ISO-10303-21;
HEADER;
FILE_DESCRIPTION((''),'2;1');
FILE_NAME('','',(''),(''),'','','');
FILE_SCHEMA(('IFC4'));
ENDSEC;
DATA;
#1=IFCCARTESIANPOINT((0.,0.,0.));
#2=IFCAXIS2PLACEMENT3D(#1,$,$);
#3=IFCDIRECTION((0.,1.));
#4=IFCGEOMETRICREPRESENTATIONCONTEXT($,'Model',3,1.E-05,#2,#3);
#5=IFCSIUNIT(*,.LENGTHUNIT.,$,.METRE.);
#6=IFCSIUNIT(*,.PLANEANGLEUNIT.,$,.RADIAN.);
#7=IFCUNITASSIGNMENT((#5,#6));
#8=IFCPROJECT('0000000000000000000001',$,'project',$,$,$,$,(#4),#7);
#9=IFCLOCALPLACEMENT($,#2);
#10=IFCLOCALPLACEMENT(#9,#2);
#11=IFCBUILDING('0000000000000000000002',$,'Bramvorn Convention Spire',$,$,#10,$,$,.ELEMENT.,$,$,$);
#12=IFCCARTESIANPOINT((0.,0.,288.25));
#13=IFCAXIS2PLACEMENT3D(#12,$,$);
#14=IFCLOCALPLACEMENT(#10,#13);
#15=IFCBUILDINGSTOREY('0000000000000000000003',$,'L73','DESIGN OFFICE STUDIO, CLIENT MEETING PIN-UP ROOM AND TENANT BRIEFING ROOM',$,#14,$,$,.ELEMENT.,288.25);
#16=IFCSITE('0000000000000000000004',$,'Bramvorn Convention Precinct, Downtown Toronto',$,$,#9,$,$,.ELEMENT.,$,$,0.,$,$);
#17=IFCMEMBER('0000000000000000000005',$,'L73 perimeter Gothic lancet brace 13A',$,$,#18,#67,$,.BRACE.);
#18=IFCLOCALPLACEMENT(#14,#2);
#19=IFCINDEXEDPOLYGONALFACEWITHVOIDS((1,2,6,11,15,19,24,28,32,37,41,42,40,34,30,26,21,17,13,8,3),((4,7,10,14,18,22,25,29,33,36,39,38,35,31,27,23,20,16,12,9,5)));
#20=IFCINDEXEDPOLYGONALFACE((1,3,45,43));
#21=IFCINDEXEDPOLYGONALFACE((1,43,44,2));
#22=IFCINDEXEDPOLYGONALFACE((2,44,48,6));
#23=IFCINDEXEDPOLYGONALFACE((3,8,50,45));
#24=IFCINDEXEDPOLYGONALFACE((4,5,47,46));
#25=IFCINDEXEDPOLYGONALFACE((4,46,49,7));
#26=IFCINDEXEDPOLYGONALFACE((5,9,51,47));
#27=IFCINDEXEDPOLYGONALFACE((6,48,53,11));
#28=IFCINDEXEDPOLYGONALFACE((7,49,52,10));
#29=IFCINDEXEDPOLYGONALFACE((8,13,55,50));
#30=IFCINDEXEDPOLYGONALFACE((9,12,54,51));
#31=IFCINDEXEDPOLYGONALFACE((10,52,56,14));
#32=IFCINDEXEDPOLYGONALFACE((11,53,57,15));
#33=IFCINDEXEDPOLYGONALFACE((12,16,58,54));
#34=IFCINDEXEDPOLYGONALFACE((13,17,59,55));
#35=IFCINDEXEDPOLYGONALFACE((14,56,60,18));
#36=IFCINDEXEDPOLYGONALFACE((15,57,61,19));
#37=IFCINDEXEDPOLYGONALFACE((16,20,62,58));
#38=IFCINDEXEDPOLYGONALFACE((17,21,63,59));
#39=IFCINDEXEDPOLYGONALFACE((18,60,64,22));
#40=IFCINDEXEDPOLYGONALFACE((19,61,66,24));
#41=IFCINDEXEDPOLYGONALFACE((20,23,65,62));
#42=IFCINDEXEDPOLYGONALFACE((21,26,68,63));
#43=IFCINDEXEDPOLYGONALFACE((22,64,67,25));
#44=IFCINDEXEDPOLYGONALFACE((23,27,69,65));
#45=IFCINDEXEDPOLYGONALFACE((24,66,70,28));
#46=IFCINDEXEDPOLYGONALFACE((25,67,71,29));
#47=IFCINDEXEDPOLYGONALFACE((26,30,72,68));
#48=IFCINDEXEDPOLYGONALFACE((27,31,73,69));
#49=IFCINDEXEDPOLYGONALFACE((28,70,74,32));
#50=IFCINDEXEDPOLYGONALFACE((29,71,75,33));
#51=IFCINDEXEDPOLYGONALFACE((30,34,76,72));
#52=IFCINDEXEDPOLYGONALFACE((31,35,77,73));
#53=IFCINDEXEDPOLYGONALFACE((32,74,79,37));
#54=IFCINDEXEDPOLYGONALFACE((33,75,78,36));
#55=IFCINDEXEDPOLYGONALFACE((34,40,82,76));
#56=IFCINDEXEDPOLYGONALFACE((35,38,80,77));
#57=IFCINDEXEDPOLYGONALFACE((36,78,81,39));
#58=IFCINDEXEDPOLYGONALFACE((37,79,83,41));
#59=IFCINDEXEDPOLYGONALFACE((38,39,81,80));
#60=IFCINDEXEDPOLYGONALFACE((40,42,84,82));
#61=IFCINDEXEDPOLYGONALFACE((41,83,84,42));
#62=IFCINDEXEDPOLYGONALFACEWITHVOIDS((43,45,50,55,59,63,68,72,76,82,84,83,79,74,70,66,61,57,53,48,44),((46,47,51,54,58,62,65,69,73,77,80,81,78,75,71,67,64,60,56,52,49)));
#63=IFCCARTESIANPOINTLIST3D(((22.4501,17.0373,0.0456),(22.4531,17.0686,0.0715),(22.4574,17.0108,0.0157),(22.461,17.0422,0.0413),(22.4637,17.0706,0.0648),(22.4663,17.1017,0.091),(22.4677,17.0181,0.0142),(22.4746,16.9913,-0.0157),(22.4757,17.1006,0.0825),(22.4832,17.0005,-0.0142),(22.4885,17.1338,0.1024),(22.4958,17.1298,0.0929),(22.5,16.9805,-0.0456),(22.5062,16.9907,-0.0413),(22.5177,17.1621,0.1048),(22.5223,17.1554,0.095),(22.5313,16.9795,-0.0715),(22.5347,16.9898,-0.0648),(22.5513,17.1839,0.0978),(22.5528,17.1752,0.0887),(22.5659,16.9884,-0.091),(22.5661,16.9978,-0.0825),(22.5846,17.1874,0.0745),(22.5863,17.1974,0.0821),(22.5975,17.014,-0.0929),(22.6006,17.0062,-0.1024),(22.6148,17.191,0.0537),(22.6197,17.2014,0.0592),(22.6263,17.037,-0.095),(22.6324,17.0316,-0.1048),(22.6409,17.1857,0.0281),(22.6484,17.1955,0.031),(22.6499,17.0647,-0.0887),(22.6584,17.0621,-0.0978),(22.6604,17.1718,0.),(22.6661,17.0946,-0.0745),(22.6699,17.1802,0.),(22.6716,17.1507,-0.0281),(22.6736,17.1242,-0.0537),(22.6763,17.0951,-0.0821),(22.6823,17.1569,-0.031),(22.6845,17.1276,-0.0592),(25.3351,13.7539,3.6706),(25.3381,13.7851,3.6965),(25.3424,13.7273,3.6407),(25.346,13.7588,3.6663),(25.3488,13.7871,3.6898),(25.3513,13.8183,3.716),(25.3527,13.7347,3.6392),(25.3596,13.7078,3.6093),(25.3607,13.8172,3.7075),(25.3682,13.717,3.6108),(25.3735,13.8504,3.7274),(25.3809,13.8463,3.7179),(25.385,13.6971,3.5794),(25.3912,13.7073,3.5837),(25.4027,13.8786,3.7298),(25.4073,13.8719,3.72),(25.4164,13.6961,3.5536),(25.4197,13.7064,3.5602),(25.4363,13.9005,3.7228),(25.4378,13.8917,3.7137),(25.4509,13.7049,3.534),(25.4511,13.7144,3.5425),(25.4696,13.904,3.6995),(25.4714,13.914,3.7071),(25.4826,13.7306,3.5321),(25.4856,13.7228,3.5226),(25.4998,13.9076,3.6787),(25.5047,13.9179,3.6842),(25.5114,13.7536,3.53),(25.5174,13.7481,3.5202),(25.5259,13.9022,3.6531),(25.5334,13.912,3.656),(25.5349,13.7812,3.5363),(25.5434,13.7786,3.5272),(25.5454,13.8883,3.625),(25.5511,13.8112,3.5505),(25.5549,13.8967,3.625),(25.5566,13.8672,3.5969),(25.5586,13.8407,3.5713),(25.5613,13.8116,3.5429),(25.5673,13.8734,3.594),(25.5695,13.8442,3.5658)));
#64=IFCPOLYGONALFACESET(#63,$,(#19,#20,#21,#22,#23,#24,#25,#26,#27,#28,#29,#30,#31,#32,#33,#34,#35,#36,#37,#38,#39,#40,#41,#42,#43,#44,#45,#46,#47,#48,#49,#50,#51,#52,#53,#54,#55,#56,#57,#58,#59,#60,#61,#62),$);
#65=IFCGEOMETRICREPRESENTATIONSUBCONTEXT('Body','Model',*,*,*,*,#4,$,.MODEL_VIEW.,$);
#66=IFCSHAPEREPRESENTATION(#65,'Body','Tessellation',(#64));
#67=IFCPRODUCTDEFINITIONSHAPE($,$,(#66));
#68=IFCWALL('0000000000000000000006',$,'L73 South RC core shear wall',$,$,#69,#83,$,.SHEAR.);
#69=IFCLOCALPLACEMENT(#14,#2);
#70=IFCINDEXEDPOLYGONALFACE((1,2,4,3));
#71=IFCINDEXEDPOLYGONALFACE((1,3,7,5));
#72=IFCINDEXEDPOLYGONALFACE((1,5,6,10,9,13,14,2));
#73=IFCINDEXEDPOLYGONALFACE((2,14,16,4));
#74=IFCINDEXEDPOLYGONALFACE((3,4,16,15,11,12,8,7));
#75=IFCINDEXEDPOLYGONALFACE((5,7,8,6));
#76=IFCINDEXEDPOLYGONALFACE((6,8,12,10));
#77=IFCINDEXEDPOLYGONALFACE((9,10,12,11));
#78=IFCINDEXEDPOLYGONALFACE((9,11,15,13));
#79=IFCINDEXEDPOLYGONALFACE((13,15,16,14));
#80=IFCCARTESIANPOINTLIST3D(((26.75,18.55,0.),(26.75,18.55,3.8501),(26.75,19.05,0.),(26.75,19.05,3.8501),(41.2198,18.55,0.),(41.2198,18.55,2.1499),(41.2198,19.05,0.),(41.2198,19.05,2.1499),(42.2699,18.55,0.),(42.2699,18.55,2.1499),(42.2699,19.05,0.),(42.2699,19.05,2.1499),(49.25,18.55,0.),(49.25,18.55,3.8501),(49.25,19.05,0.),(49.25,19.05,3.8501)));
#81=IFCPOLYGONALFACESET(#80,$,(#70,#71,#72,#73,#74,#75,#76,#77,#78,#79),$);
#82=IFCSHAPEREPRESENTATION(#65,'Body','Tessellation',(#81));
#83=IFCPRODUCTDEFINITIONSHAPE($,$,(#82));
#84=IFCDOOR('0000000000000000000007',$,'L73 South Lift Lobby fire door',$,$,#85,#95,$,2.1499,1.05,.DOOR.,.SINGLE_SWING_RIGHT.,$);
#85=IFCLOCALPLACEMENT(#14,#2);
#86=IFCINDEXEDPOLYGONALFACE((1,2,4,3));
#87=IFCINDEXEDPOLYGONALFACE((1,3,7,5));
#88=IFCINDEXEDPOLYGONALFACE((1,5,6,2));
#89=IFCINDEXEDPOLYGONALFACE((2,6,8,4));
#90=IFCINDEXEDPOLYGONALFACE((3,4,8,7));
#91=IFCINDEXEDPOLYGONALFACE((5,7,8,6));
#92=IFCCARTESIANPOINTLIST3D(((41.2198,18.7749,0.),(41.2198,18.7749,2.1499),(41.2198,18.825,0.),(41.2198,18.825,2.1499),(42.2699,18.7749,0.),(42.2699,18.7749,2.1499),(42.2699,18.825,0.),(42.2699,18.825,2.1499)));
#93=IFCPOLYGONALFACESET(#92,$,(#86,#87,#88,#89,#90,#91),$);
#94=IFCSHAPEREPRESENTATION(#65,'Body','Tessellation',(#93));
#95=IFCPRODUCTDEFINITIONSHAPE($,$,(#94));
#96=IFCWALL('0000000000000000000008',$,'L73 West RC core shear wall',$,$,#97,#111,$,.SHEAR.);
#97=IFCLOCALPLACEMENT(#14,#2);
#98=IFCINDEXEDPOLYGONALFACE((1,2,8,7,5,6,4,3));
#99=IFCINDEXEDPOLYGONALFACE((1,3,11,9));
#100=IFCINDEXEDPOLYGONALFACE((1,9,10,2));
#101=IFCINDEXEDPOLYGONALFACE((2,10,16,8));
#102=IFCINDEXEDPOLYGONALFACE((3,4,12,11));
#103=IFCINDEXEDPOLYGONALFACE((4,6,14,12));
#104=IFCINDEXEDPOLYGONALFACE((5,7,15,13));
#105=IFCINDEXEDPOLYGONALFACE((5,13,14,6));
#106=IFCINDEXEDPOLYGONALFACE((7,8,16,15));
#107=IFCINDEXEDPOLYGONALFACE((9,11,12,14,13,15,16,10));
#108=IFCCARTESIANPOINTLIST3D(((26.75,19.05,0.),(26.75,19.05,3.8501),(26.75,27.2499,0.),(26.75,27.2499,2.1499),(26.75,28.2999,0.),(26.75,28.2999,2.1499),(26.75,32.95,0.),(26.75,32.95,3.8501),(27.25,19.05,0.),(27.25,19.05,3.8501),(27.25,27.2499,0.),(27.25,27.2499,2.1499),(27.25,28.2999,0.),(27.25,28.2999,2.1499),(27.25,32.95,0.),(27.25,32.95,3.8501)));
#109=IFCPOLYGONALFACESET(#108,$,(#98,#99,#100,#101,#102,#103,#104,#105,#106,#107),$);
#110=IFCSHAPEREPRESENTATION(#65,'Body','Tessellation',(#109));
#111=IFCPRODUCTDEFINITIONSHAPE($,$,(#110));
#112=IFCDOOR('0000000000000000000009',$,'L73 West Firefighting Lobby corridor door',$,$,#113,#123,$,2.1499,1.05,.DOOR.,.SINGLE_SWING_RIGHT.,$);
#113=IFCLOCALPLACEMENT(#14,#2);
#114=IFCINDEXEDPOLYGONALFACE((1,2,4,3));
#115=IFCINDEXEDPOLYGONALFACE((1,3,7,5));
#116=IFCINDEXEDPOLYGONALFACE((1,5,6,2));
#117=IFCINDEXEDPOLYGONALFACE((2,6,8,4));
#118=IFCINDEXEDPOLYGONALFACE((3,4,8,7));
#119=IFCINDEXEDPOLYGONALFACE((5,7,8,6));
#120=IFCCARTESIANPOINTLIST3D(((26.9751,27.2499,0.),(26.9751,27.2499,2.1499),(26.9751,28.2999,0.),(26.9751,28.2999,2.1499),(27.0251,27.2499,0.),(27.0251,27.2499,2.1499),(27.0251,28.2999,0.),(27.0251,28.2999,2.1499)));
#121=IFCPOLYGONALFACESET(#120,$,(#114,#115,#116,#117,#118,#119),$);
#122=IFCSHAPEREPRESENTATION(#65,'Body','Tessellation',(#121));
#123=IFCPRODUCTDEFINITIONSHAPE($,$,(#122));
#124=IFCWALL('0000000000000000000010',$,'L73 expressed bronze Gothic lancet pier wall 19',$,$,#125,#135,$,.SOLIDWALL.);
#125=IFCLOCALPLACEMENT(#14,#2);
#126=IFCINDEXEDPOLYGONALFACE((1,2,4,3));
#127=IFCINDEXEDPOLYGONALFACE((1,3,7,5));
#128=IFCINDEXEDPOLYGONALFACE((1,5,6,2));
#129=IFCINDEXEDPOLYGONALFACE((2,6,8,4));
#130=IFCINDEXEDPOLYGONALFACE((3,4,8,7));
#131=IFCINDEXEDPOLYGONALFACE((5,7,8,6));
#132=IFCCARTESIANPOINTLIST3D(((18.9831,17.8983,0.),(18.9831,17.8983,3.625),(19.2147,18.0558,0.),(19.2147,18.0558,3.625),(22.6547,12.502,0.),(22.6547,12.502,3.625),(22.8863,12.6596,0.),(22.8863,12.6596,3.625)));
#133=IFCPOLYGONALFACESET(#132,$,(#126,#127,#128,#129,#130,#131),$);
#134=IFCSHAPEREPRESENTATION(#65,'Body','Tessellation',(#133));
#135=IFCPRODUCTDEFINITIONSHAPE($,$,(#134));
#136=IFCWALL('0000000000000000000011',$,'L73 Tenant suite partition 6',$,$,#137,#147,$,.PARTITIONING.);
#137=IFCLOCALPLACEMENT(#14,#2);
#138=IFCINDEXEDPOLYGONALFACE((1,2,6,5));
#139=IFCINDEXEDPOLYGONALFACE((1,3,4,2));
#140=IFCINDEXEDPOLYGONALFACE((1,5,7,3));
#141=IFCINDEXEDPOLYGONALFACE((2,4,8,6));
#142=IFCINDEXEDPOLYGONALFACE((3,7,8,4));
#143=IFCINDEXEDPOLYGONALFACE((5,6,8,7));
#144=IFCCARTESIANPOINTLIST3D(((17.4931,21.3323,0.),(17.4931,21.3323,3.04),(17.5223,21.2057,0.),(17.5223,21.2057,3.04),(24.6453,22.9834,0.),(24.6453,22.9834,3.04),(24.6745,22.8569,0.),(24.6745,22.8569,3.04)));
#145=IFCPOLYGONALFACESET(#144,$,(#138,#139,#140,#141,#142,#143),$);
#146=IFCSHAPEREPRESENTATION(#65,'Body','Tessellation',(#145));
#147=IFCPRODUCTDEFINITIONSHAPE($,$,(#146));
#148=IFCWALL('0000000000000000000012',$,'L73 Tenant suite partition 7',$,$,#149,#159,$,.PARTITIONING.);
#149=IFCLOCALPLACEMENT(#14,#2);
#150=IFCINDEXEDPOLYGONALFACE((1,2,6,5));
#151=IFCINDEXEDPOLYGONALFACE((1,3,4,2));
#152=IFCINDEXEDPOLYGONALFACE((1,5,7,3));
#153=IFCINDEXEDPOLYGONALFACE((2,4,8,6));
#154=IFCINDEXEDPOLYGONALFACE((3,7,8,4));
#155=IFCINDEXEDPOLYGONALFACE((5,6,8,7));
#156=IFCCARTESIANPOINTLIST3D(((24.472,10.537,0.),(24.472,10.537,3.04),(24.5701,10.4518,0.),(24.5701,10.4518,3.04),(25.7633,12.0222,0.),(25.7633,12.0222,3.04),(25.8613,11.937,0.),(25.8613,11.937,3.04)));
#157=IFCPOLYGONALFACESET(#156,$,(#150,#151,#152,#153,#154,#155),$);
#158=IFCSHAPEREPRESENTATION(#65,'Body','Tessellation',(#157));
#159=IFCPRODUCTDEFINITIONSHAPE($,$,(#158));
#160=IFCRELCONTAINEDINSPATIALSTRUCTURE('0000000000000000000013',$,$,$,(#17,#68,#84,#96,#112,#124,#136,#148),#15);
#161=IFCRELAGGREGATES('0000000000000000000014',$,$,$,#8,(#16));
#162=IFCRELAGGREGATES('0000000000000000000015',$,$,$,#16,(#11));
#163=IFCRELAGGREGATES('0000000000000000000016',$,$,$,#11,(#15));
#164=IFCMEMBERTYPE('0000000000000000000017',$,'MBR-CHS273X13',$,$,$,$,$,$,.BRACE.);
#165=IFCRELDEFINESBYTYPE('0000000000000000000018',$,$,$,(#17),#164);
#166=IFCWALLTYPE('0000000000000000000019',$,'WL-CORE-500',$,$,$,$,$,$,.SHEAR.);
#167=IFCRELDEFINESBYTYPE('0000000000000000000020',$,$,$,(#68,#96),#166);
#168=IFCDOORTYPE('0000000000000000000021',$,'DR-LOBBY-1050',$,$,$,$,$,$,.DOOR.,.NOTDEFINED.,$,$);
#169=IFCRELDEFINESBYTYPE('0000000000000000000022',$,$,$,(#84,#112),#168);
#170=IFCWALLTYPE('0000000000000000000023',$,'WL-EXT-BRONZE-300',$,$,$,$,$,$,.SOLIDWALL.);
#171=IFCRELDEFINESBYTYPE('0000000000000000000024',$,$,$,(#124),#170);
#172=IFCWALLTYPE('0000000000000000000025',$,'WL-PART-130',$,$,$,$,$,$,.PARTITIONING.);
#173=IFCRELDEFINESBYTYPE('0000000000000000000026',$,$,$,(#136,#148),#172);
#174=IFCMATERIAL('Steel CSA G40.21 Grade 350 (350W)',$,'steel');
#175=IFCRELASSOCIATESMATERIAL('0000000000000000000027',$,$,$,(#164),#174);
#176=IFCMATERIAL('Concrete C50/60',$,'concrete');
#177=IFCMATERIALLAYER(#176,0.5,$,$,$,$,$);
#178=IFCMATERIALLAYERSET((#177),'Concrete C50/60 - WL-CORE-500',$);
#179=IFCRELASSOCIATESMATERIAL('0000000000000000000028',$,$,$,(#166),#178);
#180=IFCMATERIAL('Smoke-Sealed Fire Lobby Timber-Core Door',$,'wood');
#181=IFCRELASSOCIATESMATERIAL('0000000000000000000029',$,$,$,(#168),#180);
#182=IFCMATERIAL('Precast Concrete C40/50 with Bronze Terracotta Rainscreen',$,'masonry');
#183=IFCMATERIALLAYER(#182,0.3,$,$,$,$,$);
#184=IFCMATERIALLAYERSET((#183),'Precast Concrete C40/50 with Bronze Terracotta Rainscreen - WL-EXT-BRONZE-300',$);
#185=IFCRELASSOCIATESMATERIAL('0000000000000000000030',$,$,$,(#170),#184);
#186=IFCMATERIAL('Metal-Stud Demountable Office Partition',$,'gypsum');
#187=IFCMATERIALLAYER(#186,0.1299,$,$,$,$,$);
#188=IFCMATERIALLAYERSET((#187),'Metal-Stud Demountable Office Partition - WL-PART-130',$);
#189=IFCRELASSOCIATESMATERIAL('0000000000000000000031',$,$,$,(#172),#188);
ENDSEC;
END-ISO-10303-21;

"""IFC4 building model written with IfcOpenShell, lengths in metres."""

from ifc_helpers import new_model, si_unit, direction, frame, frame_2d, origin, origin_2d, place, context, subcontext, project, spatial, rectangle, hollow_circle, extrude, material, layer, layer_set, material_profile, profile_set, type_object, element, fill, save


model = new_model("IFC4")

# Units and contexts
model_context = context("Model", 3, precision=1e-05, world=origin(), true_north=direction((0.0, 1.0)))
body_context = subcontext(model_context, "Body", "Model", "MODEL_VIEW")
ifc_project = project(units=[si_unit("LENGTHUNIT", "METRE"), si_unit("PLANEANGLEUNIT", "RADIAN")], contexts=[model_context])

# Site, building, storey
site_placement = place(None, origin())
site = spatial("IfcSite", under=ifc_project, at=site_placement, Name="Bramvorn Convention Precinct, Downtown Toronto", CompositionType="ELEMENT", RefElevation=0.0)
building_placement = place(site_placement, origin())
building = spatial("IfcBuilding", under=site, at=building_placement, Name="Bramvorn Convention Spire", CompositionType="ELEMENT")
storey_placement = place(building_placement, frame((0.0, 0.0, 288.25)))
storey = spatial("IfcBuildingStorey", under=building, at=storey_placement, Name="L73", Description="DESIGN OFFICE STUDIO, CLIENT MEETING PIN-UP ROOM AND TENANT BRIEFING ROOM", CompositionType="ELEMENT", Elevation=288.25)

# Shared definitions
ifc_material_1 = material(Name="Steel CSA G40.21 Grade 350 (350W)", Category="steel")

# Member
ifc_material_profile_1 = material_profile(ifc_material_1, hollow_circle(Radius=0.1365, WallThickness=0.0127, at=origin_2d()))
ifc_profile_set_1 = profile_set([ifc_material_profile_1], Name="Steel CSA G40.21 Grade 350 (350W) - CHS273X13")
member_type = type_object("IfcMemberType", Name="MBR-CHS273X13", PredefinedType="BRACE", material=ifc_profile_set_1)
member_placement = place(storey_placement, frame((22.5674, 17.0901, 0.0), z_axis=(0.508062, -0.578228, 0.638377), x_axis=(0.751215, 0.660057, 0.0)))
element("IfcMember", 1, at=member_placement, inside=storey, type_object=member_type, Name="L73 perimeter Gothic lancet brace 13A", PredefinedType="BRACE", context=body_context, shape_type="SweptSolid", body=[
    extrude(hollow_circle(Radius=0.1365, WallThickness=0.0127, at=origin_2d()), origin(), (0.0, 0.0, 1.0), 5.6785),
])

# Walls, openings, doors
ifc_material_2 = material(Name="Concrete C50/60", Category="concrete")
ifc_layer_1 = layer(ifc_material_2, 0.5)
ifc_layer_set_1 = layer_set([ifc_layer_1], Name="Concrete C50/60 - WL-CORE-500")
wall_type_1 = type_object("IfcWallType", Name="WL-CORE-500", PredefinedType="SHEAR", material=ifc_layer_set_1)
wall_1_placement = place(storey_placement, frame((26.75, 18.8, 0.0), z_axis=(0.0, 0.0, 1.0), x_axis=(1.0, 0.0, 0.0)))
wall_1 = element("IfcWall", 2, at=wall_1_placement, inside=storey, type_object=wall_type_1, Name="L73 South RC core shear wall", PredefinedType="SHEAR", context=body_context, shape_type="SweptSolid", body=[
    extrude(rectangle(XDim=22.5, YDim=0.5, at=frame_2d((11.25, 0.0))), origin(), (0.0, 0.0, 1.0), 3.8501),
])
opening_1_placement = place(wall_1_placement, frame((14.47, 0.0, 0.0)))
opening_1 = element("IfcOpeningElement", 3, at=opening_1_placement, cuts=wall_1, PredefinedType="OPENING", context=body_context, shape_type="SweptSolid", body=[
    extrude(rectangle(XDim=1.05, YDim=2.1499, at=frame_2d((0.5249, 1.075))), frame((0.0, 0.26, 0.0), z_axis=(0.0, -1.0, 0.0), x_axis=(1.0, 0.0, 0.0)), (0.0, 0.0, 1.0), 0.52),
])
ifc_material_3 = material(Name="Smoke-Sealed Fire Lobby Timber-Core Door", Category="wood")
door_type_1 = type_object("IfcDoorType", Name="DR-LOBBY-1050", OperationType="NOTDEFINED", PredefinedType="DOOR", material=ifc_material_3)
door_1_placement = place(opening_1_placement, origin())
door_1 = element("IfcDoor", 4, at=door_1_placement, inside=storey, type_object=door_type_1, Name="L73 South Lift Lobby fire door", OperationType="SINGLE_SWING_RIGHT", OverallHeight=2.1499, OverallWidth=1.05, PredefinedType="DOOR", context=body_context, shape_type="SweptSolid", body=[
    extrude(rectangle(XDim=1.05, YDim=2.1499, at=frame_2d((0.5249, 1.075))), frame((0.0, 0.0249, 0.0), z_axis=(0.0, -1.0, 0.0), x_axis=(1.0, 0.0, 0.0)), (0.0, 0.0, 1.0), 0.05),
])
fill(opening_1, door_1)
wall_2_placement = place(storey_placement, frame((27.0, 19.05, 0.0), z_axis=(0.0, 0.0, 1.0), x_axis=(0.0, 1.0, 0.0)))
wall_2 = element("IfcWall", 5, at=wall_2_placement, inside=storey, type_object=wall_type_1, Name="L73 West RC core shear wall", PredefinedType="SHEAR", context=body_context, shape_type="SweptSolid", body=[
    extrude(rectangle(XDim=13.8999, YDim=0.5, at=frame_2d((6.95, 0.0))), origin(), (0.0, 0.0, 1.0), 3.8501),
])
opening_2_placement = place(wall_2_placement, frame((8.2, 0.0, 0.0)))
opening_2 = element("IfcOpeningElement", 6, at=opening_2_placement, cuts=wall_2, PredefinedType="OPENING", context=body_context, shape_type="SweptSolid", body=[
    extrude(rectangle(XDim=1.05, YDim=2.1499, at=frame_2d((0.5249, 1.075))), frame((0.0, 0.26, 0.0), z_axis=(0.0, -1.0, 0.0), x_axis=(1.0, 0.0, 0.0)), (0.0, 0.0, 1.0), 0.52),
])
door_2_placement = place(opening_2_placement, origin())
door_2 = element("IfcDoor", 7, at=door_2_placement, inside=storey, type_object=door_type_1, Name="L73 West Firefighting Lobby corridor door", OperationType="SINGLE_SWING_RIGHT", OverallHeight=2.1499, OverallWidth=1.05, PredefinedType="DOOR", context=body_context, shape_type="SweptSolid", body=[
    extrude(rectangle(XDim=1.05, YDim=2.1499, at=frame_2d((0.5249, 1.075))), frame((0.0, 0.0249, 0.0), z_axis=(0.0, -1.0, 0.0), x_axis=(1.0, 0.0, 0.0)), (0.0, 0.0, 1.0), 0.05),
])
fill(opening_2, door_2)

# Walls
ifc_material_4 = material(Name="Precast Concrete C40/50 with Bronze Terracotta Rainscreen", Category="masonry")
ifc_layer_2 = layer(ifc_material_4, 0.3)
ifc_layer_set_2 = layer_set([ifc_layer_2], Name="Precast Concrete C40/50 with Bronze Terracotta Rainscreen - WL-EXT-BRONZE-300")
wall_type_2 = type_object("IfcWallType", Name="WL-EXT-BRONZE-300", PredefinedType="SOLIDWALL", material=ifc_layer_set_2)
wall_3_placement = place(storey_placement, frame((22.7705, 12.5808, 0.0), z_axis=(0.0, 0.0, 1.0), x_axis=(-0.562539, 0.826771, 0.0)))
element("IfcWall", 8, at=wall_3_placement, inside=storey, type_object=wall_type_2, Name="L73 expressed bronze Gothic lancet pier wall 19", PredefinedType="SOLIDWALL", context=body_context, shape_type="SweptSolid", body=[
    extrude(rectangle(XDim=6.5269, YDim=0.28, at=frame_2d((3.2634, 0.0))), origin(), (0.0, 0.0, 1.0), 3.625),
])
ifc_material_5 = material(Name="Metal-Stud Demountable Office Partition", Category="gypsum")
ifc_layer_3 = layer(ifc_material_5, 0.1299)
ifc_layer_set_3 = layer_set([ifc_layer_3], Name="Metal-Stud Demountable Office Partition - WL-PART-130")
wall_type_3 = type_object("IfcWallType", Name="WL-PART-130", PredefinedType="PARTITIONING", material=ifc_layer_set_3)
wall_4_placement = place(storey_placement, frame((24.6599, 22.9202, 0.0), z_axis=(0.0, 0.0, 1.0), x_axis=(-0.974372, -0.224942, 0.0)))
element("IfcWall", 9, at=wall_4_placement, inside=storey, type_object=wall_type_3, Name="L73 Tenant suite partition 6", PredefinedType="PARTITIONING", context=body_context, shape_type="SweptSolid", body=[
    extrude(rectangle(XDim=7.3403, YDim=0.1299, at=frame_2d((3.6702, 0.0))), origin(), (0.0, 0.0, 1.0), 3.04),
])
wall_5_placement = place(storey_placement, frame((25.8123, 11.9795, 0.0), z_axis=(0.0, 0.0, 1.0), x_axis=(-0.656139, -0.75464, 0.0)))
element("IfcWall", 10, at=wall_5_placement, inside=storey, type_object=wall_type_3, Name="L73 Tenant suite partition 7", PredefinedType="PARTITIONING", context=body_context, shape_type="SweptSolid", body=[
    extrude(rectangle(XDim=1.968, YDim=0.1299, at=frame_2d((0.9839, 0.0))), origin(), (0.0, 0.0, 1.0), 3.04),
])

save(model, "model.ifc")
